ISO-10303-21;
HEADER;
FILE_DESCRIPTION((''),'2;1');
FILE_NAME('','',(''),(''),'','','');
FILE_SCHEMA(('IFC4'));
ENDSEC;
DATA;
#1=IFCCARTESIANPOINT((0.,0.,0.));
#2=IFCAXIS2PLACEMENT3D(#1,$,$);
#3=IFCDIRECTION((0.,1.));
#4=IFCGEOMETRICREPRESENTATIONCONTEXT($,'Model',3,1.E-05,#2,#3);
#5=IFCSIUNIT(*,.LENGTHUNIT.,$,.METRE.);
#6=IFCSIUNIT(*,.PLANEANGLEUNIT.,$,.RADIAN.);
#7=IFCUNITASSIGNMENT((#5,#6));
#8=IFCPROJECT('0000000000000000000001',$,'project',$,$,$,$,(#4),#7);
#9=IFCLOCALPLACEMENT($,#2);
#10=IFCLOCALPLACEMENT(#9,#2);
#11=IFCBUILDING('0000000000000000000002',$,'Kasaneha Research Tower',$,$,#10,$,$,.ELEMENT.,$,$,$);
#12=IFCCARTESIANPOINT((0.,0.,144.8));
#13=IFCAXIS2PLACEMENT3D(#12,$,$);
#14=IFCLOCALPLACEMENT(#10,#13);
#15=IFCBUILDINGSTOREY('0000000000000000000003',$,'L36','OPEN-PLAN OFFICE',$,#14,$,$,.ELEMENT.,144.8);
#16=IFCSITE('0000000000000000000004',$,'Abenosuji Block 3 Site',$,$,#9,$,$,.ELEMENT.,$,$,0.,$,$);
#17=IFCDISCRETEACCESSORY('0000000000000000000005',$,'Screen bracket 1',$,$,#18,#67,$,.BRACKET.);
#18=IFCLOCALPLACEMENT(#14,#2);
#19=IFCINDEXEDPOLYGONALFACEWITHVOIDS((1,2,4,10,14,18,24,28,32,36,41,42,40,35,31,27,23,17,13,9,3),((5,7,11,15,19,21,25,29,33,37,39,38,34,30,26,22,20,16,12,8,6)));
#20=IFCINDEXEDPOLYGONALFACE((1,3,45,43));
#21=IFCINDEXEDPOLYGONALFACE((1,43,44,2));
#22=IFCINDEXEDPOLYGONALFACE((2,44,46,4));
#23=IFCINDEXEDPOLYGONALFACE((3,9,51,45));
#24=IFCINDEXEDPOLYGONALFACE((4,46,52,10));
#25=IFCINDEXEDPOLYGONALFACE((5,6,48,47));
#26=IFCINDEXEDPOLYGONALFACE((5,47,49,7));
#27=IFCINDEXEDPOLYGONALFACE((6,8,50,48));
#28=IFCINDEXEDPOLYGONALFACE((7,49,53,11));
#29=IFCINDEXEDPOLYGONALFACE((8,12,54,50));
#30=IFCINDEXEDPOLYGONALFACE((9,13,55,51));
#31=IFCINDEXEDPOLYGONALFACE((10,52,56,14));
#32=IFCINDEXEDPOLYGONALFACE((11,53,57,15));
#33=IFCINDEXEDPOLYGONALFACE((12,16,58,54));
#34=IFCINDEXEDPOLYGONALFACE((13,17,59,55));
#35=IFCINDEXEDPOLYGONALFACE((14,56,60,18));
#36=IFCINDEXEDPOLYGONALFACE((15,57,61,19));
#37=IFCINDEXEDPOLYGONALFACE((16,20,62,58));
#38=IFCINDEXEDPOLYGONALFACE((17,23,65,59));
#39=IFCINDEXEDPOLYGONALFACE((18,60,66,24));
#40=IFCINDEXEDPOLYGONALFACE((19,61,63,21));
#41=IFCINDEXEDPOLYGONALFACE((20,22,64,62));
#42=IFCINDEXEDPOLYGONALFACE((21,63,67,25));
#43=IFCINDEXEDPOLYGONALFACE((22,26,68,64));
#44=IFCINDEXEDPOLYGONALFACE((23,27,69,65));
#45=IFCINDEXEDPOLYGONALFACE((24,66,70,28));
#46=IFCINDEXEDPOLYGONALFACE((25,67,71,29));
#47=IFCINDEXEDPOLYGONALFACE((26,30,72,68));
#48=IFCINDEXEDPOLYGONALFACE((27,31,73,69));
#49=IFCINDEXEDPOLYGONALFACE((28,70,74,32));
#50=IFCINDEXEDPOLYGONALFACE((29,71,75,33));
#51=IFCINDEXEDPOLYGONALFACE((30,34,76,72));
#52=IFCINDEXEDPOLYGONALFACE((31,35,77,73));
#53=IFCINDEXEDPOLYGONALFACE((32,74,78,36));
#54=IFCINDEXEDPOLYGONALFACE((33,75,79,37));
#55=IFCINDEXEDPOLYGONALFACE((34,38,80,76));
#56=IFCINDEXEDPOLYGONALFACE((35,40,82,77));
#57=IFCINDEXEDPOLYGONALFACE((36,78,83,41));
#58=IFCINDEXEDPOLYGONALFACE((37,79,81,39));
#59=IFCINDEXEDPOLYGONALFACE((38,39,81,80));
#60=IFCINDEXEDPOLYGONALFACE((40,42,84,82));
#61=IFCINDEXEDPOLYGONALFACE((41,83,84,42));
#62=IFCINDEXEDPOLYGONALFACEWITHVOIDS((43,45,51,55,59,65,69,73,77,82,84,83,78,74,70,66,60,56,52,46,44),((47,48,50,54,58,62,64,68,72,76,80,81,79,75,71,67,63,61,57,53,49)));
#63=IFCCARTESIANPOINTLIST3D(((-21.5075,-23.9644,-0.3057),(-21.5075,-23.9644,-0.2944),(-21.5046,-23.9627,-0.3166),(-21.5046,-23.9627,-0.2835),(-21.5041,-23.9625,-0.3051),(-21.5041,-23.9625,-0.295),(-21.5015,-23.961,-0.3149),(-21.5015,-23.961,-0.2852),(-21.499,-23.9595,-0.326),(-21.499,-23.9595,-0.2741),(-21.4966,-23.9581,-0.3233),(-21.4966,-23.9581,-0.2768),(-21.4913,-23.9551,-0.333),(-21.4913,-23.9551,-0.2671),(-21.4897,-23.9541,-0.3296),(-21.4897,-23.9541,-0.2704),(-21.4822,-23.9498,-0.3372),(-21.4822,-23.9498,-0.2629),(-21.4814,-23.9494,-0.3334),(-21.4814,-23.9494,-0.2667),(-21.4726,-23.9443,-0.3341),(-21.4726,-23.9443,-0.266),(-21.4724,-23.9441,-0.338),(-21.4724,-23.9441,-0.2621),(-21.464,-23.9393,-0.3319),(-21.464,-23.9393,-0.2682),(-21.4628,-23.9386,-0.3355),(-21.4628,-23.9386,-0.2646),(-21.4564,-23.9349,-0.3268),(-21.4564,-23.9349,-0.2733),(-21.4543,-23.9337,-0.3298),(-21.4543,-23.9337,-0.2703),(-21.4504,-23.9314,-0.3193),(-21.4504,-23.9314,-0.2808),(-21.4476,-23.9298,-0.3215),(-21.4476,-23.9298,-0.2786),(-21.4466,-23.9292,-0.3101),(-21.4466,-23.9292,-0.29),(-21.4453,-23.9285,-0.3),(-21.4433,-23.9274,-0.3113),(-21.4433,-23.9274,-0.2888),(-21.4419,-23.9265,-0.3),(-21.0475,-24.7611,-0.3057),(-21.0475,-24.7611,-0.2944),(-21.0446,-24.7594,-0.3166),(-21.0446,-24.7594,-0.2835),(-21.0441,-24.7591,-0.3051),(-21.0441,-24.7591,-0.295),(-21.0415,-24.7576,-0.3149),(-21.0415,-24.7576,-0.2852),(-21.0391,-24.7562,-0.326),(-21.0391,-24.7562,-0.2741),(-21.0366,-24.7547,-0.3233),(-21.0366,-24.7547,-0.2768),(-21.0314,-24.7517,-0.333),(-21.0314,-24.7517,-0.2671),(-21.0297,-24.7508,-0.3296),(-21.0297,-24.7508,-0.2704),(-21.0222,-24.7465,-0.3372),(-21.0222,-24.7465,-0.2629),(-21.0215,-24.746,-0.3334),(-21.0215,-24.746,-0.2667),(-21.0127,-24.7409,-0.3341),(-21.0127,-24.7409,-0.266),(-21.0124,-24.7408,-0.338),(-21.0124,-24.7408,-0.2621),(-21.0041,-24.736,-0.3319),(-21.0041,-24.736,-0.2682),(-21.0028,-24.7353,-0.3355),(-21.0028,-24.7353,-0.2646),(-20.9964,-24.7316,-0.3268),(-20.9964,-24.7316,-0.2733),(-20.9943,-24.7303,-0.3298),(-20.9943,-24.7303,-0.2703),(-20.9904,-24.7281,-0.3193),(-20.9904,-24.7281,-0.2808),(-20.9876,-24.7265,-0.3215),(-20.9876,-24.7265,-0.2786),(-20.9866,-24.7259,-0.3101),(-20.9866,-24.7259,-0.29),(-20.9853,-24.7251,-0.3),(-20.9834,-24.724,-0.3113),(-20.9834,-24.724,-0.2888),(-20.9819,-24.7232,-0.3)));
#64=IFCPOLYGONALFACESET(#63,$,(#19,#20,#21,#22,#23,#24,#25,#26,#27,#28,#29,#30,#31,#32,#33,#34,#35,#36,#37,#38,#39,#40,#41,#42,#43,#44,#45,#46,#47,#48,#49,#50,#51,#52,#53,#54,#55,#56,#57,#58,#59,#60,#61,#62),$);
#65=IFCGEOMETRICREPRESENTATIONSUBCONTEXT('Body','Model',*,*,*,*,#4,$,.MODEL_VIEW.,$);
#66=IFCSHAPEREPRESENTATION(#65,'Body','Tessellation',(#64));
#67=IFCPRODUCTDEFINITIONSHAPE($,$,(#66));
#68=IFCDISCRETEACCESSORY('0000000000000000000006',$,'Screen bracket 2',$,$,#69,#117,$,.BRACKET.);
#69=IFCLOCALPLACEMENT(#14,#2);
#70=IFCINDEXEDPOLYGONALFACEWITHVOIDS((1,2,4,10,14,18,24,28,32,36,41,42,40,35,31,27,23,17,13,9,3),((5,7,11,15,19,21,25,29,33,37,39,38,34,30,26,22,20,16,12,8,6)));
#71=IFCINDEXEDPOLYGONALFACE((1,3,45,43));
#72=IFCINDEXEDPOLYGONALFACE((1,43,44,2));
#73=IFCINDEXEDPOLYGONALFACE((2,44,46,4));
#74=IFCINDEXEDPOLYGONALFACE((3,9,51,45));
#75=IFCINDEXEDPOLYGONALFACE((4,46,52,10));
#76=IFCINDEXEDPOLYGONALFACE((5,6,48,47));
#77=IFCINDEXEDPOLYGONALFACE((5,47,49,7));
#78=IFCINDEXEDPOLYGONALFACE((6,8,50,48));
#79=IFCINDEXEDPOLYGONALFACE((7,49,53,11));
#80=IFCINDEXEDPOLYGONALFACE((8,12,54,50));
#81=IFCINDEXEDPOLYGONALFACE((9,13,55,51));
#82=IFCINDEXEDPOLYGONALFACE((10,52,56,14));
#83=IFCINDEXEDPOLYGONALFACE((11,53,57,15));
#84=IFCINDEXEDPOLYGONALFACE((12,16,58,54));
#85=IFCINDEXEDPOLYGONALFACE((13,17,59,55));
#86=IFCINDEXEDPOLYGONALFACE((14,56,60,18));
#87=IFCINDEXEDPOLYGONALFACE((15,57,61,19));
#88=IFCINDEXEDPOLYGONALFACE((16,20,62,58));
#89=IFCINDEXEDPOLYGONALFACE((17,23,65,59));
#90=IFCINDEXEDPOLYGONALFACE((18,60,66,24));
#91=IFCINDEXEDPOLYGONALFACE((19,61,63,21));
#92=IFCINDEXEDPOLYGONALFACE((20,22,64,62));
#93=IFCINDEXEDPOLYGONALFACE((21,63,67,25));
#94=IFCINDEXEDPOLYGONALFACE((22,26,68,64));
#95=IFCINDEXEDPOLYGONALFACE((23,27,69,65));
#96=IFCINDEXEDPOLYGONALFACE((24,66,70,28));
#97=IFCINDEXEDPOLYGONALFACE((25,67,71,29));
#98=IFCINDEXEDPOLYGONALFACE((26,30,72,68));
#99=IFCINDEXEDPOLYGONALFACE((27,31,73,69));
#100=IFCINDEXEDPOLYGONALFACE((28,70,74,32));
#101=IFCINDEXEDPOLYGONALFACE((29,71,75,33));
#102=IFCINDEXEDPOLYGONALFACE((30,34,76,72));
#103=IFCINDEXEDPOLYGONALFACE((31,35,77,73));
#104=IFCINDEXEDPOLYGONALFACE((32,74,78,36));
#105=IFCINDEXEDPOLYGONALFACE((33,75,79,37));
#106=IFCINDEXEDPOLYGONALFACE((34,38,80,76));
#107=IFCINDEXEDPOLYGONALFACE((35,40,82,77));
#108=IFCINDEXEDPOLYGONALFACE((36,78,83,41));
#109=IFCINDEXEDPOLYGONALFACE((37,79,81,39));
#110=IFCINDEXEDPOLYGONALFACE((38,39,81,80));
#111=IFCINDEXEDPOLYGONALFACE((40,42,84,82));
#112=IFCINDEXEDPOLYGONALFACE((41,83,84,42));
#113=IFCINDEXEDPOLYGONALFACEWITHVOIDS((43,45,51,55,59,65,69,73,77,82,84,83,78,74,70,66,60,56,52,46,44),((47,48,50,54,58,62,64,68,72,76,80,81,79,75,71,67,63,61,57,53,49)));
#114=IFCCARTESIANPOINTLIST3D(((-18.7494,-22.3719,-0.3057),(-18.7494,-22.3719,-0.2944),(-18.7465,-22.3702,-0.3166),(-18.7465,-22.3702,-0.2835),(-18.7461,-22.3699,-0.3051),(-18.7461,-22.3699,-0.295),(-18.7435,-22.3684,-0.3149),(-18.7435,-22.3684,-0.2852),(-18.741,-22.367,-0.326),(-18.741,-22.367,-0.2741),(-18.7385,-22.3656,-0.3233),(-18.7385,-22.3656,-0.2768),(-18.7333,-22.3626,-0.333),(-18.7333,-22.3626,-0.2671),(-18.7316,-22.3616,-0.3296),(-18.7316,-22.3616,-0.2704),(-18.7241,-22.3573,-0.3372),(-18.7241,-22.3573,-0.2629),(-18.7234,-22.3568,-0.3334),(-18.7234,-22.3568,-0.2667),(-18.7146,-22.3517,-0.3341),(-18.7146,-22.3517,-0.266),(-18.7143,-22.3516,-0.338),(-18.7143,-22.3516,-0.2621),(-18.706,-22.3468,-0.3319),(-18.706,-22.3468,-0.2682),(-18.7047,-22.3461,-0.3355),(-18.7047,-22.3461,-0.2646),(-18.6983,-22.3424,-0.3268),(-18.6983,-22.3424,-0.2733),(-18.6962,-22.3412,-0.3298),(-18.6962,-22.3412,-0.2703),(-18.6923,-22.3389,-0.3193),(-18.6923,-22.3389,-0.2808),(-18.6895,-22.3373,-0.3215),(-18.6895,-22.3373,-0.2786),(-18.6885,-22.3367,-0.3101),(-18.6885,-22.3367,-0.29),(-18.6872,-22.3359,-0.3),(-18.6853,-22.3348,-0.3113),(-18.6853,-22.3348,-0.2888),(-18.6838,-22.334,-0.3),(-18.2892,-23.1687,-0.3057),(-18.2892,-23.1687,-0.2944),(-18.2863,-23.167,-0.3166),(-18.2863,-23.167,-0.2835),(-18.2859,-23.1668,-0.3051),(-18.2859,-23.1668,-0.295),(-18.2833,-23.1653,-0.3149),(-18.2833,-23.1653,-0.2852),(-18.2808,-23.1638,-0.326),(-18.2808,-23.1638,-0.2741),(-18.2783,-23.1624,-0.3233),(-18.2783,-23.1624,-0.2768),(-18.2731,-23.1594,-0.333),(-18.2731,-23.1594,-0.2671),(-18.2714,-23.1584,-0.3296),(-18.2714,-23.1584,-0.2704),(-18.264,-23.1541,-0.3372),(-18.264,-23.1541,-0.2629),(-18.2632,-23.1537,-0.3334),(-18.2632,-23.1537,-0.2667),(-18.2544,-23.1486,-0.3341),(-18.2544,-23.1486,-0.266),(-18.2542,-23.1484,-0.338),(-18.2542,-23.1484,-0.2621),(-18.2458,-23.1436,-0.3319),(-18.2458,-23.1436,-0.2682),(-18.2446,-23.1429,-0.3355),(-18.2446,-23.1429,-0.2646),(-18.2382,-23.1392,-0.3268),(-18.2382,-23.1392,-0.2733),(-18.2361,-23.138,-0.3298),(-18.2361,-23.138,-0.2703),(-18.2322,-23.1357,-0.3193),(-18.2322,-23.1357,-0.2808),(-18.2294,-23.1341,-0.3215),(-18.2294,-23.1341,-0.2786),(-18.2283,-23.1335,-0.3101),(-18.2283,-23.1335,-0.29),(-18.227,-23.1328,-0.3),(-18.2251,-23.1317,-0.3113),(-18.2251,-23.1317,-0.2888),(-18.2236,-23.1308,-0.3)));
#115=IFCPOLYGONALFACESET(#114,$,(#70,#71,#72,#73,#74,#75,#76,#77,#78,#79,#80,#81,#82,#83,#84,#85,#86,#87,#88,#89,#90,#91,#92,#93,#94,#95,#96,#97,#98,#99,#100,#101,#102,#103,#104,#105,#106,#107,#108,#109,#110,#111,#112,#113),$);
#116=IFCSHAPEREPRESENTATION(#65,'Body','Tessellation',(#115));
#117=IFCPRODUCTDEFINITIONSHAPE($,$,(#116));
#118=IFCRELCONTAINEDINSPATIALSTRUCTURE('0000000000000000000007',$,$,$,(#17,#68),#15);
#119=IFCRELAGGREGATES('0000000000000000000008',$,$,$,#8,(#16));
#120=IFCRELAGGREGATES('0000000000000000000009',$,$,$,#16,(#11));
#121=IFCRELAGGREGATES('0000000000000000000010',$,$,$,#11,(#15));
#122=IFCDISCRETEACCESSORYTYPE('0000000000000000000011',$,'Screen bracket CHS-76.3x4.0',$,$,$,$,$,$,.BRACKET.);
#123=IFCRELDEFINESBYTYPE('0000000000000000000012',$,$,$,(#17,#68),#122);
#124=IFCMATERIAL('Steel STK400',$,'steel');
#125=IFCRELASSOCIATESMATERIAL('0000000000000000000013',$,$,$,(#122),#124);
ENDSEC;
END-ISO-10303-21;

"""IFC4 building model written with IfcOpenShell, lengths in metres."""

from ifc_helpers import new_model, si_unit, direction, frame, origin, origin_2d, place, context, subcontext, project, spatial, hollow_circle, extrude, material, material_profile, profile_set, type_object, element, save


model = new_model("IFC4")

# Units and contexts
model_context = context("Model", 3, precision=1e-05, world=origin(), true_north=direction((0.0, 1.0)))
body_context = subcontext(model_context, "Body", "Model", "MODEL_VIEW")
ifc_project = project(units=[si_unit("LENGTHUNIT", "METRE"), si_unit("PLANEANGLEUNIT", "RADIAN")], contexts=[model_context])

# Site, building, storey
site_placement = place(None, origin())
site = spatial("IfcSite", under=ifc_project, at=site_placement, Name="Abenosuji Block 3 Site", CompositionType="ELEMENT", RefElevation=0.0)
building_placement = place(site_placement, origin())
building = spatial("IfcBuilding", under=site, at=building_placement, Name="Kasaneha Research Tower", CompositionType="ELEMENT")
storey_placement = place(building_placement, frame((0.0, 0.0, 144.8)))
storey = spatial("IfcBuildingStorey", under=building, at=storey_placement, Name="L36", Description="OPEN-PLAN OFFICE", CompositionType="ELEMENT", Elevation=144.8)

# Discrete accessories
ifc_material_1 = material(Name="Steel STK400", Category="steel")
ifc_material_profile_1 = material_profile(ifc_material_1, hollow_circle(Radius=0.0381, WallThickness=0.0039, at=origin_2d()), Name="CHS-76.3x4.0")
ifc_profile_set_1 = profile_set([ifc_material_profile_1], Name="Steel STK400")
discrete_accessory_type = type_object("IfcDiscreteAccessoryType", Name="Screen bracket CHS-76.3x4.0", PredefinedType="BRACKET", material=ifc_profile_set_1)
discrete_accessory_1_placement = place(storey_placement, frame((-21.4749, -23.9456, -0.3), z_axis=(0.500021, -0.866013, 0.0), x_axis=(0.866013, 0.500021, 0.0)))
element("IfcDiscreteAccessory", 1, at=discrete_accessory_1_placement, inside=storey, type_object=discrete_accessory_type, Name="Screen bracket 1", PredefinedType="BRACKET", context=body_context, shape_type="SweptSolid", body=[
    extrude(hollow_circle(Radius=0.0381, WallThickness=0.0039, at=origin_2d()), origin(), (0.0, 0.0, 1.0), 0.9199),
])
discrete_accessory_2_placement = place(storey_placement, frame((-18.7168, -22.353, -0.3), z_axis=(0.500105, -0.865965, 0.0), x_axis=(0.865965, 0.500105, 0.0)))
element("IfcDiscreteAccessory", 2, at=discrete_accessory_2_placement, inside=storey, type_object=discrete_accessory_type, Name="Screen bracket 2", PredefinedType="BRACKET", context=body_context, shape_type="SweptSolid", body=[
    extrude(hollow_circle(Radius=0.0381, WallThickness=0.0039, at=origin_2d()), origin(), (0.0, 0.0, 1.0), 0.9202),
])

save(model, "model.ifc")
